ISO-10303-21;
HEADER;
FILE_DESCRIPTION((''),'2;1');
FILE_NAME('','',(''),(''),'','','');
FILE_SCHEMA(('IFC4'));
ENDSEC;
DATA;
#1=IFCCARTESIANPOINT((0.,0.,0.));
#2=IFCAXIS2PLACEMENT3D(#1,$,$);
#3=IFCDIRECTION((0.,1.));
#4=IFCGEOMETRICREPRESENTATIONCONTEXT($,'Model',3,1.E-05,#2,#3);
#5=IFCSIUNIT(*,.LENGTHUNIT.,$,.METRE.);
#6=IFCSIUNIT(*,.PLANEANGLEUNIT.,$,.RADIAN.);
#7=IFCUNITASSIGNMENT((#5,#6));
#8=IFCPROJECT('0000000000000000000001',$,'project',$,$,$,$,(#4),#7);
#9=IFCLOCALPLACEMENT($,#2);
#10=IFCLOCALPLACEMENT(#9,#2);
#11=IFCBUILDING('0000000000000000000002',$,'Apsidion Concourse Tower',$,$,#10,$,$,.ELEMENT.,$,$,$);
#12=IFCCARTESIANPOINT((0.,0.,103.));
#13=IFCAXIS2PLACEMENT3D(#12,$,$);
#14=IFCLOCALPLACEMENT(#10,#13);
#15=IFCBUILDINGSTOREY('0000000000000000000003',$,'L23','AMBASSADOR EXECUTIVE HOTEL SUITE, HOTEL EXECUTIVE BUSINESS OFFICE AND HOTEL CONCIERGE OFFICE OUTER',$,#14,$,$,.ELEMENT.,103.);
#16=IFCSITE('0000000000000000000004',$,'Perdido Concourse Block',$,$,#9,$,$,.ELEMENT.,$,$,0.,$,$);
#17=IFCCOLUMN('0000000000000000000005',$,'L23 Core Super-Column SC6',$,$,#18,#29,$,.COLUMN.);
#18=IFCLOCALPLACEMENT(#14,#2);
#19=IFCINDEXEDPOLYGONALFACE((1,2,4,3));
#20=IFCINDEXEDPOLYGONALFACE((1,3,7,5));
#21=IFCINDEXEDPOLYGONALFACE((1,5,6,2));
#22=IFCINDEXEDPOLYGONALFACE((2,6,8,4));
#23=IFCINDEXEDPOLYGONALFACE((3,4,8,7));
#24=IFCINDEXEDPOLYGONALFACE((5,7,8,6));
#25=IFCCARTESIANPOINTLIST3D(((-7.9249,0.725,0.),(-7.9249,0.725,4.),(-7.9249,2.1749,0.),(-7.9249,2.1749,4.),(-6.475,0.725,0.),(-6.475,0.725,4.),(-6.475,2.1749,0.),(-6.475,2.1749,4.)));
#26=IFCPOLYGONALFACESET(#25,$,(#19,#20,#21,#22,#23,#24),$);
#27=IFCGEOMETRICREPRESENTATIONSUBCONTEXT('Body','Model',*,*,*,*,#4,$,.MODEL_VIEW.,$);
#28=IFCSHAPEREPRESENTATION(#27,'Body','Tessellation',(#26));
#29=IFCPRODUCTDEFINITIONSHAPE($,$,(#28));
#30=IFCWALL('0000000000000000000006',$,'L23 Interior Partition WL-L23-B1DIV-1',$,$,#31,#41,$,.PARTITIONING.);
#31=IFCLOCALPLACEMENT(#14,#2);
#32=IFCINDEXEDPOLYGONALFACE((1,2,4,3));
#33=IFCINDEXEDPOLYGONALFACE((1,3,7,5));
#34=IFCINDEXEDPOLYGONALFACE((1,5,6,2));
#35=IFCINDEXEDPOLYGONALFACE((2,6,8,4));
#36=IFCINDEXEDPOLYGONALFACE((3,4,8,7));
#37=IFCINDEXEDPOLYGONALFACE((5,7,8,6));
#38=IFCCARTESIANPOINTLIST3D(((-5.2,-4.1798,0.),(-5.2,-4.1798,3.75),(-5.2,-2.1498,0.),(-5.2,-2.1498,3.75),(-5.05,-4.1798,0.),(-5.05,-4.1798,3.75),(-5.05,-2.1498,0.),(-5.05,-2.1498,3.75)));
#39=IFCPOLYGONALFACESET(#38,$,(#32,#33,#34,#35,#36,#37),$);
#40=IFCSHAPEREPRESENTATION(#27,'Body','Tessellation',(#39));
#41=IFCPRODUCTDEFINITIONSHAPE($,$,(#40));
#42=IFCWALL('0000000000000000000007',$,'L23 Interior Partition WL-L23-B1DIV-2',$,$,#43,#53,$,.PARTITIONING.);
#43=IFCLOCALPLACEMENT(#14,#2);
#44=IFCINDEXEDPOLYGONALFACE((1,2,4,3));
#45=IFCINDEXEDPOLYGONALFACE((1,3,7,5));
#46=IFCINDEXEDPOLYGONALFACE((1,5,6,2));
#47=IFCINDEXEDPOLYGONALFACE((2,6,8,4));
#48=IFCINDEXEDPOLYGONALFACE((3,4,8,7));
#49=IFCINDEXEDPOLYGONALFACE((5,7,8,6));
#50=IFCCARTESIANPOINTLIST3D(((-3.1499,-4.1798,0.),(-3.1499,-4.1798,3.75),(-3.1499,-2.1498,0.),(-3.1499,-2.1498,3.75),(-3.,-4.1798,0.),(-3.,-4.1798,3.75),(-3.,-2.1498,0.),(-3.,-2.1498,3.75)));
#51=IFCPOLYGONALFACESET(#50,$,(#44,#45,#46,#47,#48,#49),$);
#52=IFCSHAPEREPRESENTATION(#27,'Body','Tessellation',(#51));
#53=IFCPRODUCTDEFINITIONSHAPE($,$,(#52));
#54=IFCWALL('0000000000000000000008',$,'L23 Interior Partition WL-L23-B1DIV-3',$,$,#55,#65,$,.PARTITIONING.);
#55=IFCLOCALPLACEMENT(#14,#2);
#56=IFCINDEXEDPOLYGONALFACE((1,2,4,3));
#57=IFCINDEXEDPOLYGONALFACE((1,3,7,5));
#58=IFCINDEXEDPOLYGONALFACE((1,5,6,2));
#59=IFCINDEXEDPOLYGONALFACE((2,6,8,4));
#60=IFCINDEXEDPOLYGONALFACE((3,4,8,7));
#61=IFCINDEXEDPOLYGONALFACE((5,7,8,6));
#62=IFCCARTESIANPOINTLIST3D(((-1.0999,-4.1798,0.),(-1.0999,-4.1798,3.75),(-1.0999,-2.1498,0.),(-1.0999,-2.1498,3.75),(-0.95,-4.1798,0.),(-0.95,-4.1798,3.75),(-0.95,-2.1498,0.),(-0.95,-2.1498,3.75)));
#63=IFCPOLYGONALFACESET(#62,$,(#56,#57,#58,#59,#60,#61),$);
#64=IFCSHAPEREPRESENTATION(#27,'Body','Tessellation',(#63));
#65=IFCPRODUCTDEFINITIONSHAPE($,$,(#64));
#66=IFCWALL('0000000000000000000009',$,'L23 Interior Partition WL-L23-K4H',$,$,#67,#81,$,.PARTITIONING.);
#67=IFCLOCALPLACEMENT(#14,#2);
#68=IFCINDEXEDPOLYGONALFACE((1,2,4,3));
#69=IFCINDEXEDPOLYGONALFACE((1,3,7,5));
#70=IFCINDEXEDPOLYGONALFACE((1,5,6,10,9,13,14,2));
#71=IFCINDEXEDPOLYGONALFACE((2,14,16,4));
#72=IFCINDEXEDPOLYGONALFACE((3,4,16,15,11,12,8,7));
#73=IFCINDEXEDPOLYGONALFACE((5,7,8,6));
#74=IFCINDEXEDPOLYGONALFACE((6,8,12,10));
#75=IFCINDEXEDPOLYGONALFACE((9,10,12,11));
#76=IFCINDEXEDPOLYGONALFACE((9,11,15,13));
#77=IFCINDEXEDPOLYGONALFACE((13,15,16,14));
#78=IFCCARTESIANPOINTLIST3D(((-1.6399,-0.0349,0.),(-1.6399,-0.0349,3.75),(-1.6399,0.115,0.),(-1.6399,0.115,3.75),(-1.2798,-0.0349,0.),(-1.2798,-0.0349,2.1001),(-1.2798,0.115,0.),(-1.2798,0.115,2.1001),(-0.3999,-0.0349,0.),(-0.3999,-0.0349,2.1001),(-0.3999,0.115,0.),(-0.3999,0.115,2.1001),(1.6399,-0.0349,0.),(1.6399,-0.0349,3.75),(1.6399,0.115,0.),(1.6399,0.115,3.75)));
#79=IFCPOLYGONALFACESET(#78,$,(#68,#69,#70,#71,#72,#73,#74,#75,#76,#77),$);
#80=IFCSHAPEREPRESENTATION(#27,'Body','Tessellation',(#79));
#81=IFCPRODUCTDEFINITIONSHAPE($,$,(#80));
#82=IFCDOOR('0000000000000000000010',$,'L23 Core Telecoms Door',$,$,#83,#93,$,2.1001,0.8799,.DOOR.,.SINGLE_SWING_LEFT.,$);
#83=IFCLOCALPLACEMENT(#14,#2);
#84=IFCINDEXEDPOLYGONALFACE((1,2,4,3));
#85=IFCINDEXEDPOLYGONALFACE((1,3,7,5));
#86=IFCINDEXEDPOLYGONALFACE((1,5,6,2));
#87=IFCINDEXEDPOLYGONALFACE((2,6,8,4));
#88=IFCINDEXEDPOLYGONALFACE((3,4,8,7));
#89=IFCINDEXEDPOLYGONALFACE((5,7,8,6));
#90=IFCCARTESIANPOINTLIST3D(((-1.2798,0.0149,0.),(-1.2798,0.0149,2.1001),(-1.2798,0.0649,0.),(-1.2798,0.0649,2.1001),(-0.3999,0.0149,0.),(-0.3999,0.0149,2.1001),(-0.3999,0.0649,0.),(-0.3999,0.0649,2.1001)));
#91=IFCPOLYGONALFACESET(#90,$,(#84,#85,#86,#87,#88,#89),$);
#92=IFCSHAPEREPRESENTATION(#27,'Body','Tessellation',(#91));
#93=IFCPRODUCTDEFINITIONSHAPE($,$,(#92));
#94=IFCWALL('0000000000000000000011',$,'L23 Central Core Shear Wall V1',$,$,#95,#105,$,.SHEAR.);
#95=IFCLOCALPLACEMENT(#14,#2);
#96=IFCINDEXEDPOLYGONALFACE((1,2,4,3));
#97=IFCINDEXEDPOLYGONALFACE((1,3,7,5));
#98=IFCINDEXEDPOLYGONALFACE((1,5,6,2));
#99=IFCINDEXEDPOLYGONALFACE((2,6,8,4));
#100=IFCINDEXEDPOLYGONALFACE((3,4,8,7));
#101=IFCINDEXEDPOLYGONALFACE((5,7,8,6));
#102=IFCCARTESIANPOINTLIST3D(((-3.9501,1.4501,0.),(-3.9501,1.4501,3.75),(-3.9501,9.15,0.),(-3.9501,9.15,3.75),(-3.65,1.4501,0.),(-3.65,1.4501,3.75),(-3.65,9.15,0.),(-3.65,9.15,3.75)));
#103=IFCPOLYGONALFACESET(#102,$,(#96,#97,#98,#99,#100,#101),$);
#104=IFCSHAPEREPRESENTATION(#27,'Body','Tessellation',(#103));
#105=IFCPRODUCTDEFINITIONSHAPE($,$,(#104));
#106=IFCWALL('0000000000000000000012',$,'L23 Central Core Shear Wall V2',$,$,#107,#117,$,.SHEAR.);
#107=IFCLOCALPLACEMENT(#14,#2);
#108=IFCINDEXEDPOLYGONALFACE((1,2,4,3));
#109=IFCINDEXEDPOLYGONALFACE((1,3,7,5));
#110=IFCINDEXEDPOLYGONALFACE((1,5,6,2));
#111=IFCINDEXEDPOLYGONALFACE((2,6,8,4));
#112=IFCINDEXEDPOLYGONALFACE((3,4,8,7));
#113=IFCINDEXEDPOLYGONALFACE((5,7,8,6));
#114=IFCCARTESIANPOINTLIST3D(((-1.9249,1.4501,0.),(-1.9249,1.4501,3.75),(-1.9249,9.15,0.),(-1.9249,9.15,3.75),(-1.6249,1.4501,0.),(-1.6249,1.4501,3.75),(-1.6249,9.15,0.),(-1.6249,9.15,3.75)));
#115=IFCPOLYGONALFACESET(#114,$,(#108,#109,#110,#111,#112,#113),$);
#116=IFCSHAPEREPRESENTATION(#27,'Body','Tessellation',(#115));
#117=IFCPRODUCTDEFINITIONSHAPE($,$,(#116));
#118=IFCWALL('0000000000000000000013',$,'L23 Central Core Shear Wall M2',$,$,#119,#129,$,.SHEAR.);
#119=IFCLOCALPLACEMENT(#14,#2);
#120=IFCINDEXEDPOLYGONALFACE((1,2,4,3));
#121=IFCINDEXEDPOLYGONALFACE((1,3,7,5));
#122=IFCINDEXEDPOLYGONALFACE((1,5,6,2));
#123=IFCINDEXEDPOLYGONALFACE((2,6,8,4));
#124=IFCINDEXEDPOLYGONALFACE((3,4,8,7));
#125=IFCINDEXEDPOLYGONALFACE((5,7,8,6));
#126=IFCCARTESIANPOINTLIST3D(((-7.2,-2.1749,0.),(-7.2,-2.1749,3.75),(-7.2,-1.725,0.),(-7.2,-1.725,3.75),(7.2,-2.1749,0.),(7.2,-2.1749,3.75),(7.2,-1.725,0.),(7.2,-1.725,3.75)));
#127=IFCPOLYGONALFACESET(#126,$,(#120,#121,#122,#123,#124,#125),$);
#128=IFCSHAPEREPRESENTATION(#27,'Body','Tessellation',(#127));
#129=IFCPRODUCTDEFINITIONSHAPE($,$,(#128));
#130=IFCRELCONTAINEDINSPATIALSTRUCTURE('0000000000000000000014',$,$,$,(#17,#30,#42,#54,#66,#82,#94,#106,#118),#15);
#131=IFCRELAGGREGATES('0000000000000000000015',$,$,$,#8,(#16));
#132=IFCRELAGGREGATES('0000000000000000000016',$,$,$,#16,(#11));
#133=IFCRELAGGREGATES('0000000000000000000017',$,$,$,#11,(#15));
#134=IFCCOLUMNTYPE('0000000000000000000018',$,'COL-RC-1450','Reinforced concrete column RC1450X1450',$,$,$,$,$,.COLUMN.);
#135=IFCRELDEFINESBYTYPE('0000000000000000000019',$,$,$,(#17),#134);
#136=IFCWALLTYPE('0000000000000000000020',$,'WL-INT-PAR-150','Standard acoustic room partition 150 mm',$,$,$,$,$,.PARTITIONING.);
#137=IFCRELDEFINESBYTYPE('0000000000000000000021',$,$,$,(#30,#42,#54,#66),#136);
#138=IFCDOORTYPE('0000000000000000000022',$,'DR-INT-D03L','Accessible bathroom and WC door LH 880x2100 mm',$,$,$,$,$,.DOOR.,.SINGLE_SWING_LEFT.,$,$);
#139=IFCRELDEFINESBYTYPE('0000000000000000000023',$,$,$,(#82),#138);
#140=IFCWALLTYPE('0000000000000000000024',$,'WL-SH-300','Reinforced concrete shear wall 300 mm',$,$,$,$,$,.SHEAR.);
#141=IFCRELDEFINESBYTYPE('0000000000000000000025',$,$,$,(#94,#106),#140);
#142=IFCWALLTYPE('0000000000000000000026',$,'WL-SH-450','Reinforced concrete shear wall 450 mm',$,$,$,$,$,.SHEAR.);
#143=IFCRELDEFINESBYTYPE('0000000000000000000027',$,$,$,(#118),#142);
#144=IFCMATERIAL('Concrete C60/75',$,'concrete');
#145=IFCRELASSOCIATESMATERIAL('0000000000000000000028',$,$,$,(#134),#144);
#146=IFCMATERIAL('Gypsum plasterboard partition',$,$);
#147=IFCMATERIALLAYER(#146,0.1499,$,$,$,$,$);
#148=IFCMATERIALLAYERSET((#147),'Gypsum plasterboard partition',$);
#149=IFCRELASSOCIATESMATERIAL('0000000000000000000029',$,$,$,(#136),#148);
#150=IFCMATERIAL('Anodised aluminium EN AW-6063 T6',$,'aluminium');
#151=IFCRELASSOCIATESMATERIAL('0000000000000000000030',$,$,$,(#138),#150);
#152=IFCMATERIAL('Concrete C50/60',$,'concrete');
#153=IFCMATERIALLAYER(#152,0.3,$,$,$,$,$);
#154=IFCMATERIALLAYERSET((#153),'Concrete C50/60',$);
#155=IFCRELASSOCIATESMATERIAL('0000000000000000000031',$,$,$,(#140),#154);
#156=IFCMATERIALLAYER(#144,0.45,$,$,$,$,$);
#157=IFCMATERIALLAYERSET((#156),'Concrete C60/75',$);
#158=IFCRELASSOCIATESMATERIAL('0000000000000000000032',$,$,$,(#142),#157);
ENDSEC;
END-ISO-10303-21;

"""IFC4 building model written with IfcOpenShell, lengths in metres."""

from ifc_helpers import new_model, si_unit, direction, frame, frame_2d, origin, origin_2d, place, context, subcontext, project, spatial, rectangle, extrude, material, layer, layer_set, material_profile, profile_set, type_object, element, fill, save


model = new_model("IFC4")

# Units and contexts
model_context = context("Model", 3, precision=1e-05, world=origin(), true_north=direction((0.0, 1.0)))
body_context = subcontext(model_context, "Body", "Model", "MODEL_VIEW")
ifc_project = project(units=[si_unit("LENGTHUNIT", "METRE"), si_unit("PLANEANGLEUNIT", "RADIAN")], contexts=[model_context])

# Site, building, storey
site_placement = place(None, origin())
site = spatial("IfcSite", under=ifc_project, at=site_placement, Name="Perdido Concourse Block", CompositionType="ELEMENT", RefElevation=0.0)
building_placement = place(site_placement, origin())
building = spatial("IfcBuilding", under=site, at=building_placement, Name="Apsidion Concourse Tower", CompositionType="ELEMENT")
storey_placement = place(building_placement, frame((0.0, 0.0, 103.0)))
storey = spatial("IfcBuildingStorey", under=building, at=storey_placement, Name="L23", Description="AMBASSADOR EXECUTIVE HOTEL SUITE, HOTEL EXECUTIVE BUSINESS OFFICE AND HOTEL CONCIERGE OFFICE OUTER", CompositionType="ELEMENT", Elevation=103.0)

# Column
ifc_material_1 = material(Name="Concrete C60/75", Category="concrete")
ifc_material_profile = material_profile(ifc_material_1, rectangle(XDim=1.45, YDim=1.45, at=origin_2d()), Name="RC 1450x1450")
ifc_profile_set = profile_set([ifc_material_profile], Name="Concrete C60/75")
column_type = type_object("IfcColumnType", Name="COL-RC-1450", Description="Reinforced concrete column RC1450X1450", PredefinedType="COLUMN", material=ifc_profile_set)
column_placement = place(storey_placement, frame((-7.2, 1.45, 0.0), z_axis=(0.0, 0.0, 1.0), x_axis=(1.0, 0.0, 0.0)))
element("IfcColumn", 1, at=column_placement, inside=storey, type_object=column_type, Name="L23 Core Super-Column SC6", PredefinedType="COLUMN", context=body_context, shape_type="SweptSolid", body=[
    extrude(rectangle(XDim=1.45, YDim=1.45, at=origin_2d()), origin(), (0.0, 0.0, 1.0), 4.0),
])

# Walls
ifc_material_2 = material(Name="Gypsum plasterboard partition")
ifc_layer_1 = layer(ifc_material_2, 0.1499)
ifc_layer_set_1 = layer_set([ifc_layer_1], Name="Gypsum plasterboard partition")
wall_type_1 = type_object("IfcWallType", Name="WL-INT-PAR-150", Description="Standard acoustic room partition 150 mm", PredefinedType="PARTITIONING", material=ifc_layer_set_1)
for number, where, z_axis, x_axis, name in (
    (2, (-5.125, -4.1799, 0.0), (0.0, 0.0, 1.0), (0.0, 1.0, 0.0), "L23 Interior Partition WL-L23-B1DIV-1"),
    (3, (-3.075, -4.1799, 0.0), (0.0, 0.0, 1.0), (0.0, 1.0, 0.0), "L23 Interior Partition WL-L23-B1DIV-2"),
    (4, (-1.0249, -4.1799, 0.0), (0.0, 0.0, 1.0), (0.0, 1.0, 0.0), "L23 Interior Partition WL-L23-B1DIV-3"),
):
    element("IfcWall", number, at=place(storey_placement, frame(where, z_axis=z_axis, x_axis=x_axis)), inside=storey, type_object=wall_type_1, Name=name, PredefinedType="PARTITIONING", context=body_context, shape_type="SweptSolid", body=[
        extrude(rectangle(XDim=2.03, YDim=0.1499, at=frame_2d((1.0151, 0.0))), origin(), (0.0, 0.0, 1.0), 3.75),
    ])

# Wall, opening, door
wall_1_placement = place(storey_placement, frame((-1.6399, 0.04, 0.0), z_axis=(0.0, 0.0, 1.0), x_axis=(1.0, 0.0, 0.0)))
wall_1 = element("IfcWall", 5, at=wall_1_placement, inside=storey, type_object=wall_type_1, Name="L23 Interior Partition WL-L23-K4H", PredefinedType="PARTITIONING", context=body_context, shape_type="SweptSolid", body=[
    extrude(rectangle(XDim=3.2798, YDim=0.1499, at=frame_2d((1.6399, 0.0))), origin(), (0.0, 0.0, 1.0), 3.75),
])
opening_1_placement = place(wall_1_placement, frame((0.3601, 0.0, 0.0)))
opening_1 = element("IfcOpeningElement", 6, at=opening_1_placement, cuts=wall_1, PredefinedType="OPENING", context=body_context, shape_type="SweptSolid", body=[
    extrude(rectangle(XDim=0.8799, YDim=2.1001, at=frame_2d((0.4399, 1.05))), frame((0.0, 0.085, 0.0), z_axis=(0.0, -1.0, 0.0), x_axis=(1.0, 0.0, 0.0)), (0.0, 0.0, 1.0), 0.1699),
])
ifc_material_3 = material(Name="Anodised aluminium EN AW-6063 T6", Category="aluminium")
door_type_1 = type_object("IfcDoorType", Name="DR-INT-D03L", Description="Accessible bathroom and WC door LH 880x2100 mm", OperationType="SINGLE_SWING_LEFT", PredefinedType="DOOR", material=ifc_material_3)
door_1_placement = place(opening_1_placement, origin())
door_1 = element("IfcDoor", 7, at=door_1_placement, inside=storey, type_object=door_type_1, Name="L23 Core Telecoms Door", OperationType="SINGLE_SWING_LEFT", OverallHeight=2.1001, OverallWidth=0.8799, PredefinedType="DOOR", context=body_context, shape_type="SweptSolid", body=[
    extrude(rectangle(XDim=0.8799, YDim=2.1001, at=frame_2d((0.4399, 1.05))), frame((0.0, 0.0249, 0.0), z_axis=(0.0, -1.0, 0.0), x_axis=(1.0, 0.0, 0.0)), (0.0, 0.0, 1.0), 0.05),
])
fill(opening_1, door_1)

# Walls
ifc_material_4 = material(Name="Concrete C50/60", Category="concrete")
ifc_layer_2 = layer(ifc_material_4, 0.3)
ifc_layer_set_2 = layer_set([ifc_layer_2], Name="Concrete C50/60")
wall_type_2 = type_object("IfcWallType", Name="WL-SH-300", Description="Reinforced concrete shear wall 300 mm", PredefinedType="SHEAR", material=ifc_layer_set_2)
for number, where, z_axis, x_axis, name in (
    (8, (-3.8, 1.45, 0.0), (0.0, 0.0, 1.0), (0.0, 1.0, 0.0), "L23 Central Core Shear Wall V1"),
    (9, (-1.7749, 1.45, 0.0), (0.0, 0.0, 1.0), (0.0, 1.0, 0.0), "L23 Central Core Shear Wall V2"),
):
    element("IfcWall", number, at=place(storey_placement, frame(where, z_axis=z_axis, x_axis=x_axis)), inside=storey, type_object=wall_type_2, Name=name, PredefinedType="SHEAR", context=body_context, shape_type="SweptSolid", body=[
        extrude(rectangle(XDim=7.7, YDim=0.3, at=frame_2d((3.8501, 0.0))), origin(), (0.0, 0.0, 1.0), 3.75),
    ])

# Shared definitions
ifc_layer_3 = layer(ifc_material_1, 0.45)
ifc_layer_set_3 = layer_set([ifc_layer_3], Name="Concrete C60/75")
wall_type_3 = type_object("IfcWallType", Name="WL-SH-450", Description="Reinforced concrete shear wall 450 mm", PredefinedType="SHEAR", material=ifc_layer_set_3)

# Wall
wall_2_placement = place(storey_placement, frame((-7.2, -1.95, 0.0), z_axis=(0.0, 0.0, 1.0), x_axis=(1.0, 0.0, 0.0)))
element("IfcWall", 10, at=wall_2_placement, inside=storey, type_object=wall_type_3, Name="L23 Central Core Shear Wall M2", PredefinedType="SHEAR", context=body_context, shape_type="SweptSolid", body=[
    extrude(rectangle(XDim=14.3999, YDim=0.45, at=frame_2d((7.2, 0.0))), origin(), (0.0, 0.0, 1.0), 3.75),
])

save(model, "model.ifc")
